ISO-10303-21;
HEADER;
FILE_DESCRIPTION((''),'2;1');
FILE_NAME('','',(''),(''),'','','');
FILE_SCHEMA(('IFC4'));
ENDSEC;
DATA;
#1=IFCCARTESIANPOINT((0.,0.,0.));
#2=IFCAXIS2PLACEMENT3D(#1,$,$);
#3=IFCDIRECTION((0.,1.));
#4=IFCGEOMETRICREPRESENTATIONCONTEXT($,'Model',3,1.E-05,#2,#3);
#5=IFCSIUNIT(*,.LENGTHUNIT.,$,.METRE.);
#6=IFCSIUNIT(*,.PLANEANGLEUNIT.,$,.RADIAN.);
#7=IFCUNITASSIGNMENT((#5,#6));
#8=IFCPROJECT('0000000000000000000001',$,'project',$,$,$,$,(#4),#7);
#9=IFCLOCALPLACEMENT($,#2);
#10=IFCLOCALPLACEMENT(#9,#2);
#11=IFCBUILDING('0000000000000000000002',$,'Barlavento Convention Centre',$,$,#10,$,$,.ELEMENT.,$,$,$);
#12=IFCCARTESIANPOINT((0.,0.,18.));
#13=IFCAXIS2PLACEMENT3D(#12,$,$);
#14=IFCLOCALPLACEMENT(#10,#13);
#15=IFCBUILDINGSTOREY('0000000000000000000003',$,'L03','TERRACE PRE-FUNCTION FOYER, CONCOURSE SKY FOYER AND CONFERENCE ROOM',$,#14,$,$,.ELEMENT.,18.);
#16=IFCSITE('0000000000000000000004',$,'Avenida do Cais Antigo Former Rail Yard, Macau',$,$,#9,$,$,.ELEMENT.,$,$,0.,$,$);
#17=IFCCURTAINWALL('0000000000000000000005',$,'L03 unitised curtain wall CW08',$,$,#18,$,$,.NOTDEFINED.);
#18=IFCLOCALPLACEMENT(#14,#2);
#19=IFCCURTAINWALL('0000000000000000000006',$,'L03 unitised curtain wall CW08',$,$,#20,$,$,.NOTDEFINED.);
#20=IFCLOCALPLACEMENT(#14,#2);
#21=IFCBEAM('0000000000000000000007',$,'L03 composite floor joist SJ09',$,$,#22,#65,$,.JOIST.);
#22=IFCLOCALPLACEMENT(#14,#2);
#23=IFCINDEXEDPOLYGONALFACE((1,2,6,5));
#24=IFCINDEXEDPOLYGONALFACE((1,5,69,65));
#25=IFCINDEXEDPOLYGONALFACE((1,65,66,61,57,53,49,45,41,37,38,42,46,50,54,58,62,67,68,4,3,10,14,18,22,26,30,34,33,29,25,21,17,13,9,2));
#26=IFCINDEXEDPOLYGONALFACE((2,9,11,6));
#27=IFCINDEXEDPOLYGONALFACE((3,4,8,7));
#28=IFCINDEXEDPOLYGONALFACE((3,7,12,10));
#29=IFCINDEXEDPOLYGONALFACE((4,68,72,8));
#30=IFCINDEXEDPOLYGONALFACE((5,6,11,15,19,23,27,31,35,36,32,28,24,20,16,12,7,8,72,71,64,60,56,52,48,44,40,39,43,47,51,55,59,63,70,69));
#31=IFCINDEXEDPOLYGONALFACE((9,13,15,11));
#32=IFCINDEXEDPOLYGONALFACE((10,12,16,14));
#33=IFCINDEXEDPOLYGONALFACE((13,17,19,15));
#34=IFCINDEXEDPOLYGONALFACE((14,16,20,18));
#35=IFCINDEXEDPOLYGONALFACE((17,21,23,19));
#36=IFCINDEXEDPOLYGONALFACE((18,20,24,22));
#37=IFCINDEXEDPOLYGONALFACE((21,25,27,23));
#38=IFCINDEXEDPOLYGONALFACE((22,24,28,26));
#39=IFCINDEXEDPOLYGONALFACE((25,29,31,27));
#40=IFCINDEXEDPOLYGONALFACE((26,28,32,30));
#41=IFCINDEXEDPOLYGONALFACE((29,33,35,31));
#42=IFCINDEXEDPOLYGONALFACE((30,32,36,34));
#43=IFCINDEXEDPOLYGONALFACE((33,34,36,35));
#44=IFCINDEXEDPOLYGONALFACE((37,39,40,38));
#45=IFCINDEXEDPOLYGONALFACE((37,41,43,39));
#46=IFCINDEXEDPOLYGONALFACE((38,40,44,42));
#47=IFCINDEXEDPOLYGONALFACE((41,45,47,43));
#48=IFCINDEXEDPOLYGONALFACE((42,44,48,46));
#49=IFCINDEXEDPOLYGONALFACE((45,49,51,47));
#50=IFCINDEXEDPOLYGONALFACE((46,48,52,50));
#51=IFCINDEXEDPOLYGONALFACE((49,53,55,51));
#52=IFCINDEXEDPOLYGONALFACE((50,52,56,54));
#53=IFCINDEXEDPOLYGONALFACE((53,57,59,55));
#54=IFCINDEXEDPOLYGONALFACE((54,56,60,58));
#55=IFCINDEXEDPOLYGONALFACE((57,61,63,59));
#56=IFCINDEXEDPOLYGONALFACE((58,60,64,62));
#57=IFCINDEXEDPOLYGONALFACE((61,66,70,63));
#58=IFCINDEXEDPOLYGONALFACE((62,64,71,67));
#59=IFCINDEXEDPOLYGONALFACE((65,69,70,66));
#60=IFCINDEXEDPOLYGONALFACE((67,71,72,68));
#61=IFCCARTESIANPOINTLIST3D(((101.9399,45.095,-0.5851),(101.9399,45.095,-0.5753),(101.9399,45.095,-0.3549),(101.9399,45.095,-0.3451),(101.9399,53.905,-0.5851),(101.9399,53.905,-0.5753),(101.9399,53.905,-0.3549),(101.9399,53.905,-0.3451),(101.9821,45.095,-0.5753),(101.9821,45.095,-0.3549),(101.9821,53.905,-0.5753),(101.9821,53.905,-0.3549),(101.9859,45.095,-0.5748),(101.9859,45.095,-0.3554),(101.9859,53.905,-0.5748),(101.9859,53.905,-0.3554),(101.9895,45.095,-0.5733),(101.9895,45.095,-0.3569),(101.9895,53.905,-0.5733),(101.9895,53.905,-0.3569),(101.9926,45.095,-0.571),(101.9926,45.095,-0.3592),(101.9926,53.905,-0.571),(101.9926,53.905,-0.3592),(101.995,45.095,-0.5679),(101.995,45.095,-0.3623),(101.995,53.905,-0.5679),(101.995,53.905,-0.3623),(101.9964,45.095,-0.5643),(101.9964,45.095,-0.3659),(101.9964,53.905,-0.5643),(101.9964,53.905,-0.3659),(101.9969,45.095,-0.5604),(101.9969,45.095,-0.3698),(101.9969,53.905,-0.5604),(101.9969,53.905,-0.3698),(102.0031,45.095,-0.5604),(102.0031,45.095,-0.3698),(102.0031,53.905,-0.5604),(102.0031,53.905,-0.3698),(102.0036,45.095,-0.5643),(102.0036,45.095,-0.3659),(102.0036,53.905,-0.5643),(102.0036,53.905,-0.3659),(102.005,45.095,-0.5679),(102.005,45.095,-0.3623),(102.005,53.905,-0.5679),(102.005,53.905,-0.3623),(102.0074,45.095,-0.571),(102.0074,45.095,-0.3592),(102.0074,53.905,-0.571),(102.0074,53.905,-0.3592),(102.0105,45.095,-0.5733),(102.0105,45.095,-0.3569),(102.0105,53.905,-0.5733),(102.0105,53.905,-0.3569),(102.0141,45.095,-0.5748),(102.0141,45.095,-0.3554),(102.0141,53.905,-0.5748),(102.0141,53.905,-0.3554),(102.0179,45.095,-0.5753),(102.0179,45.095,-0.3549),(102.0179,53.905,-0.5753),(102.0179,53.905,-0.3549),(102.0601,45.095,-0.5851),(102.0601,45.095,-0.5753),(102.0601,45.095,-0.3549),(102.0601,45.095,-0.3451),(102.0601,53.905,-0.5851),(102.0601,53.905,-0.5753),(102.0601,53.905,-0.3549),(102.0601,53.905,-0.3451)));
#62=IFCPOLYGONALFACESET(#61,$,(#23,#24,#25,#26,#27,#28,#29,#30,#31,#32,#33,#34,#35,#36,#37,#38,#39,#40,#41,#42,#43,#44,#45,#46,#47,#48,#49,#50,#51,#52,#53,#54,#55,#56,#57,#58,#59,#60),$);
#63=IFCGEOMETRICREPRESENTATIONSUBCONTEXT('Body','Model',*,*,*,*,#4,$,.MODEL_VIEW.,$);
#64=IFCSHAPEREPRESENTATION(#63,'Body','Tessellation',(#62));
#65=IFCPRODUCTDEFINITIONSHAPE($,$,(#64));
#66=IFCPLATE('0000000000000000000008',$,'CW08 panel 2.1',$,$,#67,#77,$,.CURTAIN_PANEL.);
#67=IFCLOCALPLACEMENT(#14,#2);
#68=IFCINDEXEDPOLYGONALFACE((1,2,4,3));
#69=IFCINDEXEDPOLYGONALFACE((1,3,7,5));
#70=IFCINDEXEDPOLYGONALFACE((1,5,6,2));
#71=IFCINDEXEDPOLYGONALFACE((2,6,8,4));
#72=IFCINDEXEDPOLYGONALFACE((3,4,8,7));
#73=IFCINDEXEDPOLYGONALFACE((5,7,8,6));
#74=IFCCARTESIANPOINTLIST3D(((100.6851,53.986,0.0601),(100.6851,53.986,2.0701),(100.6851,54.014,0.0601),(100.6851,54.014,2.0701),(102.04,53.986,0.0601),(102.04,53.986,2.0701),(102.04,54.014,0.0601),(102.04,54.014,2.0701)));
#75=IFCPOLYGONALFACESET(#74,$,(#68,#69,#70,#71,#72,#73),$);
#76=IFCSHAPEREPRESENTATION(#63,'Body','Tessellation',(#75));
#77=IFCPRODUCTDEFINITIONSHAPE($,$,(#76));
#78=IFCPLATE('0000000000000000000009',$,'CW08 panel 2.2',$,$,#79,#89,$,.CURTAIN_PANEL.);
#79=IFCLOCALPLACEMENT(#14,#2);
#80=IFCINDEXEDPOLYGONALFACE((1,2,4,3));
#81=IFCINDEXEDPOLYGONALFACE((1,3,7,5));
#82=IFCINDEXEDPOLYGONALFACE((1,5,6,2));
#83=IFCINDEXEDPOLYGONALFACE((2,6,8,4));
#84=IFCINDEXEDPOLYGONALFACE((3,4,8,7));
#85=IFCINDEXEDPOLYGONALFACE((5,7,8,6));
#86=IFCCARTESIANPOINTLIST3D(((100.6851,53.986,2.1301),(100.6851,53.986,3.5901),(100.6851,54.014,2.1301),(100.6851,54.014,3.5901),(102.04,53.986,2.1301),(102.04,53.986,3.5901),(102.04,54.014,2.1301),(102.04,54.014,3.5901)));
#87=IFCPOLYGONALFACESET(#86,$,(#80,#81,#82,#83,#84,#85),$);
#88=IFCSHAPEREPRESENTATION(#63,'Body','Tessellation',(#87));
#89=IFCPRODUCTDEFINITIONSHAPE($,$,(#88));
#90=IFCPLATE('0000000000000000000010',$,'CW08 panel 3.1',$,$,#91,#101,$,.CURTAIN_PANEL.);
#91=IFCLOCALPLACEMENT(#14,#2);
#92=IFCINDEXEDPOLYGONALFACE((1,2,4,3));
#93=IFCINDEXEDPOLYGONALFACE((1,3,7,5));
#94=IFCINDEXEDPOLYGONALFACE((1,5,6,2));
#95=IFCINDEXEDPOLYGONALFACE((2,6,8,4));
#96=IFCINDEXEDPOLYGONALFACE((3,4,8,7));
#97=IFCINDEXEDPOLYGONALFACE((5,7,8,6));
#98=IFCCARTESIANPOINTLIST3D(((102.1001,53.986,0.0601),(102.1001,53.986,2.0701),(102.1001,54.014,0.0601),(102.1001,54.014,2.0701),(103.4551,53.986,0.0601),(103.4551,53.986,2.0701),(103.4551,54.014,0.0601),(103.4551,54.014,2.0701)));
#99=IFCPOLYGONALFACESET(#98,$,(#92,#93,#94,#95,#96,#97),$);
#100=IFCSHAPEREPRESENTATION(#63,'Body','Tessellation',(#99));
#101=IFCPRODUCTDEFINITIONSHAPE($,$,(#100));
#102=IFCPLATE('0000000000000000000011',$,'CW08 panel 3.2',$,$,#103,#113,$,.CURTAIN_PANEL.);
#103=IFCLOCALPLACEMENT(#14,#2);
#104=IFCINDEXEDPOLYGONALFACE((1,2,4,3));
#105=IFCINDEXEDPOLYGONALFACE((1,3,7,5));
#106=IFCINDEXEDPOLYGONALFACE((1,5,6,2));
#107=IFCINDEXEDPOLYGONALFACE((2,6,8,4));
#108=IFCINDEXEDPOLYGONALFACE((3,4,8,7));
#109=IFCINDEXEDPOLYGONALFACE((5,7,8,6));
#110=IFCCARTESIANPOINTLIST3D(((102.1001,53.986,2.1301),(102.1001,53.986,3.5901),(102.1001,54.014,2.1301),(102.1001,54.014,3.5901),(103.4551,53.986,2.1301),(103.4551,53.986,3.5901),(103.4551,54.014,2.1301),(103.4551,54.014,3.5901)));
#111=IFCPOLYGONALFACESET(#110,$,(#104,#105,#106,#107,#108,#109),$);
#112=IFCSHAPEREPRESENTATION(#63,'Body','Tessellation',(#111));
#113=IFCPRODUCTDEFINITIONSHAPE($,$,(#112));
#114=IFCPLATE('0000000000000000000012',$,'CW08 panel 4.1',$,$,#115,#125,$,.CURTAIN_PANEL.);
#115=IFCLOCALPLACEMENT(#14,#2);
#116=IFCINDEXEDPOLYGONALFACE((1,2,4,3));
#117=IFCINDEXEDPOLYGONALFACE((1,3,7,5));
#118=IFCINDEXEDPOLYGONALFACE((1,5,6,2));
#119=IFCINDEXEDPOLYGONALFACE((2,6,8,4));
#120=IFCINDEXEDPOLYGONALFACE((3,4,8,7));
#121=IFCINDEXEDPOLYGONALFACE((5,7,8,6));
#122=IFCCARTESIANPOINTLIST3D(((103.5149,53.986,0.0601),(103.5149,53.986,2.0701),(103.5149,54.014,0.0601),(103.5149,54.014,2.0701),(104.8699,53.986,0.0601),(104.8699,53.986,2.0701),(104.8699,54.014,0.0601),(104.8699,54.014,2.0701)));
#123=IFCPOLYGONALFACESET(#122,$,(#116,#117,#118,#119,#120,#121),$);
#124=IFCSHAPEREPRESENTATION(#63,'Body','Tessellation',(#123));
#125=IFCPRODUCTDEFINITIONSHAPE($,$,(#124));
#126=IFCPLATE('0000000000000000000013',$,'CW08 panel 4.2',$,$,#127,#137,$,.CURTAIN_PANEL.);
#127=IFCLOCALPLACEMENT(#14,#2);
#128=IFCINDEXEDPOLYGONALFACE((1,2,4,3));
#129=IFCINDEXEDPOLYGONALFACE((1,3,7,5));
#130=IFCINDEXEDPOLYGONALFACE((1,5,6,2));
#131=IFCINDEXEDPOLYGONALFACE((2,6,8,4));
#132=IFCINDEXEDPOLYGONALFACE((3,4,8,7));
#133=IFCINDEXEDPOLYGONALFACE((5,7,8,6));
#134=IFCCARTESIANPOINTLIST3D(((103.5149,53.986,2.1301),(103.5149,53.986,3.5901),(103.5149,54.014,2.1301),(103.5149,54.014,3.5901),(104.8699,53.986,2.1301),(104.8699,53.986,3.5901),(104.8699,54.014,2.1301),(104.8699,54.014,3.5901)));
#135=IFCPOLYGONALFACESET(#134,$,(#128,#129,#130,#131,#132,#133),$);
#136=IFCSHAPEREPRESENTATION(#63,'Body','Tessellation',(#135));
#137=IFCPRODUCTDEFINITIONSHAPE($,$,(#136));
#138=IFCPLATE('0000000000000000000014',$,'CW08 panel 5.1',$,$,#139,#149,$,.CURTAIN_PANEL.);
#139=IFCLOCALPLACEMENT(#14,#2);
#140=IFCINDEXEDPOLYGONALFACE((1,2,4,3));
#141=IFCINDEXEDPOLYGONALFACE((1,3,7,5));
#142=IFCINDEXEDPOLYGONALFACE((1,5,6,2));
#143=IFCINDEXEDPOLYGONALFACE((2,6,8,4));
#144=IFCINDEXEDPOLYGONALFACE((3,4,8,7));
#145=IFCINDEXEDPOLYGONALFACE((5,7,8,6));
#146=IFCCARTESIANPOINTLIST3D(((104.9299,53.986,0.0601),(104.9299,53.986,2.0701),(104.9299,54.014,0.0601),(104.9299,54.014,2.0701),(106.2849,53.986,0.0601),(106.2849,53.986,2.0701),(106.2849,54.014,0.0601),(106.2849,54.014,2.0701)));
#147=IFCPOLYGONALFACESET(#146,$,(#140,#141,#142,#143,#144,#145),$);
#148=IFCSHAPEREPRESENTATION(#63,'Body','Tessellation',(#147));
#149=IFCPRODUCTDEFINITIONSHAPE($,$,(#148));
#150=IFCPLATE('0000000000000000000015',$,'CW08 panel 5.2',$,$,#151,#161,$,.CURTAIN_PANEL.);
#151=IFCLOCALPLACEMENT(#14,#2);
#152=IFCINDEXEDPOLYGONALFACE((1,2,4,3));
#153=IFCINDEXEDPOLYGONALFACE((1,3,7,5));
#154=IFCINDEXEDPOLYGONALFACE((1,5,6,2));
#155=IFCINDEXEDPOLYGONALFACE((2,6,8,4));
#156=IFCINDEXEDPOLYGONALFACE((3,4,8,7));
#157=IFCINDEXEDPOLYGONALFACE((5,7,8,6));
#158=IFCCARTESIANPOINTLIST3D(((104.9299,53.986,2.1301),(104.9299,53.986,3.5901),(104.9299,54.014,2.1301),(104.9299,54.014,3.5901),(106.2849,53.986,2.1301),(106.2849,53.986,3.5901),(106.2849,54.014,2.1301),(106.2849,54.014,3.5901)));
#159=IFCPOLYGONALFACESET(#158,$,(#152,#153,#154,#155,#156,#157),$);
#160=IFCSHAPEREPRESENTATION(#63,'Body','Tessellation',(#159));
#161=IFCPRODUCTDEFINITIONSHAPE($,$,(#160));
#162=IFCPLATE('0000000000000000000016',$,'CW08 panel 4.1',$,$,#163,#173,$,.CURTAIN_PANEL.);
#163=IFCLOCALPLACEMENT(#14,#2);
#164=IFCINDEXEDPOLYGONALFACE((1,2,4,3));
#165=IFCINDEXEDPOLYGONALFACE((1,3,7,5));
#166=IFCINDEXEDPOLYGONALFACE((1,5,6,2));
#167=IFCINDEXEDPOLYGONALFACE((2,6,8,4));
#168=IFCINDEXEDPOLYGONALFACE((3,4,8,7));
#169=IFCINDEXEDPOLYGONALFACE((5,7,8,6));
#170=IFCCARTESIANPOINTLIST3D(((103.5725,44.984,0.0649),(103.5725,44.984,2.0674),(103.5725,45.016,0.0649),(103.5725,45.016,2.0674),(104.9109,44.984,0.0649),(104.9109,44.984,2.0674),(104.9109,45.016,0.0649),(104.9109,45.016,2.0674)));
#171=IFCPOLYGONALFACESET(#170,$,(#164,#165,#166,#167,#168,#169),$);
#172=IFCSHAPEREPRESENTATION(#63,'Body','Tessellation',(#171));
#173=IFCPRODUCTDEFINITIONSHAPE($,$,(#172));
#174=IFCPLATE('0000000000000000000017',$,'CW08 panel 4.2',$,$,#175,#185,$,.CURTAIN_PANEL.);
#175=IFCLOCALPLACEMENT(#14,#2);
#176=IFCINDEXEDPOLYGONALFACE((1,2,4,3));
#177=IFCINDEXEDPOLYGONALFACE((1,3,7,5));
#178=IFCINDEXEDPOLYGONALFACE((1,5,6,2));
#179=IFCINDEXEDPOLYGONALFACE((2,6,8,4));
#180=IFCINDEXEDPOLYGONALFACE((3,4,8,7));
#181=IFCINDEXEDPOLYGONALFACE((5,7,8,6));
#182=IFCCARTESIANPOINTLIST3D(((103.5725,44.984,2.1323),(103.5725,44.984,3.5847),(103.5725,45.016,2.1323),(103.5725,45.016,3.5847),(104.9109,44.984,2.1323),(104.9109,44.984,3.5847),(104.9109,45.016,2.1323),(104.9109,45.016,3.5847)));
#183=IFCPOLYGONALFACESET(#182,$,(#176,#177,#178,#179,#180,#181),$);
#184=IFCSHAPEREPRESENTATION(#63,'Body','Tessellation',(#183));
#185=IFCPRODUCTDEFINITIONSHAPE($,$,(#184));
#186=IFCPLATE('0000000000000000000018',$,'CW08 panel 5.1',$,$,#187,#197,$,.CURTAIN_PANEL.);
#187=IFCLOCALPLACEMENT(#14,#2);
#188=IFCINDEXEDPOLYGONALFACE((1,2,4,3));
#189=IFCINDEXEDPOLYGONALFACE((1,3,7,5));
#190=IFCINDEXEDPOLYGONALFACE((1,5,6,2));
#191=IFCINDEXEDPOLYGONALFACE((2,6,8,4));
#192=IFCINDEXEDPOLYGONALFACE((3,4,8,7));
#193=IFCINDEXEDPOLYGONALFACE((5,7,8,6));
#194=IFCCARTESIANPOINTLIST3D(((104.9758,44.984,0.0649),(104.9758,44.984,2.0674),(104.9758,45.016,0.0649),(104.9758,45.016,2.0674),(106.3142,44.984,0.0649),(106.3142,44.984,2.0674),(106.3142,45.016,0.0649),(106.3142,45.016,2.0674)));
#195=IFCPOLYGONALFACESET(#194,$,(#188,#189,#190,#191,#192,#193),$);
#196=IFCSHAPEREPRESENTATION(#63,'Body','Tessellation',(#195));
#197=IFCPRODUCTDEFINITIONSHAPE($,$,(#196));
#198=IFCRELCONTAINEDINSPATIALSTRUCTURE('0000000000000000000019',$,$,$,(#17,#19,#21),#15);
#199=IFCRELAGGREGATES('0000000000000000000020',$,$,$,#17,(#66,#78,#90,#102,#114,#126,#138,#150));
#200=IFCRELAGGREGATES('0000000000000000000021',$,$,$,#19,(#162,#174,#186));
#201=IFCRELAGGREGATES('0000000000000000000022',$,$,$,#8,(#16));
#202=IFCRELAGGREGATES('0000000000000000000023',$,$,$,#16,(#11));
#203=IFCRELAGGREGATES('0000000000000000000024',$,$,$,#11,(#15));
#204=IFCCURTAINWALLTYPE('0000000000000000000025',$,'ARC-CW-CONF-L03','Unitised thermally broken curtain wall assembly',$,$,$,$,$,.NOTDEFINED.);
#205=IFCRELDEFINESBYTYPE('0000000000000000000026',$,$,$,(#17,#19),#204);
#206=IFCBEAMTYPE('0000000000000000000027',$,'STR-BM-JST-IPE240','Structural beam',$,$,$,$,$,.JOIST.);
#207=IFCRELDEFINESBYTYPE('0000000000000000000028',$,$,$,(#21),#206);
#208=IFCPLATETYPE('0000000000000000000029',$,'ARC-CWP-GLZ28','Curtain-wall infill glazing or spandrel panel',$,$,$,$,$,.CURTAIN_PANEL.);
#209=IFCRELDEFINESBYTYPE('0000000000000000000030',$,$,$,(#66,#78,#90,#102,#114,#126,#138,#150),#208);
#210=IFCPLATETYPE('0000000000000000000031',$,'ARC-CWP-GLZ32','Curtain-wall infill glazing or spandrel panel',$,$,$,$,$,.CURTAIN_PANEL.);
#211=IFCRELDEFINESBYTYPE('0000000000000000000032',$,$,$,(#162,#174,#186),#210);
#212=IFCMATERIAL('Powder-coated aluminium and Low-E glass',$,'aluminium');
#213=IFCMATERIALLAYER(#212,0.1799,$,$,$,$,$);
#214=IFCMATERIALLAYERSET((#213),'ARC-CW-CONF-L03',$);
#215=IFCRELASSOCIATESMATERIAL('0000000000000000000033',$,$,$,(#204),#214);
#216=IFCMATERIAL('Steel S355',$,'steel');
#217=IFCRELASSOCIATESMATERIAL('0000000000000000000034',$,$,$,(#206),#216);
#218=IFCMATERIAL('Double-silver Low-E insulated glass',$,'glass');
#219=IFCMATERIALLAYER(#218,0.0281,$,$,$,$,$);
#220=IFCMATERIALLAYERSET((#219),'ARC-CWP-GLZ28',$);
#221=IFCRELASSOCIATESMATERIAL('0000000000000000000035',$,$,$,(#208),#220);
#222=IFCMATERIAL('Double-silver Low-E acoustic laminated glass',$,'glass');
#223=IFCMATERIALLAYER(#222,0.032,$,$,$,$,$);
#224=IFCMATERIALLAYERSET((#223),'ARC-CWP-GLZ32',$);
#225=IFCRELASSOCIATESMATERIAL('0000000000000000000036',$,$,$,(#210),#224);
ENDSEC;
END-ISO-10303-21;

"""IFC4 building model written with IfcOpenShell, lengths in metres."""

from ifc_helpers import new_model, si_unit, direction, frame, origin, origin_2d, place, context, subcontext, project, spatial, rectangle, i_section, extrude, material, layer, layer_set, material_profile, profile_set, type_object, element, aggregate, save


model = new_model("IFC4")

# Units and contexts
model_context = context("Model", 3, precision=1e-05, world=origin(), true_north=direction((0.0, 1.0)))
body_context = subcontext(model_context, "Body", "Model", "MODEL_VIEW")
ifc_project = project(units=[si_unit("LENGTHUNIT", "METRE"), si_unit("PLANEANGLEUNIT", "RADIAN")], contexts=[model_context])

# Site, building, storey
site_placement = place(None, origin())
site = spatial("IfcSite", under=ifc_project, at=site_placement, Name="Avenida do Cais Antigo Former Rail Yard, Macau", CompositionType="ELEMENT", RefElevation=0.0)
building_placement = place(site_placement, origin())
building = spatial("IfcBuilding", under=site, at=building_placement, Name="Barlavento Convention Centre", CompositionType="ELEMENT")
storey_placement = place(building_placement, frame((0.0, 0.0, 18.0)))
storey = spatial("IfcBuildingStorey", under=building, at=storey_placement, Name="L03", Description="TERRACE PRE-FUNCTION FOYER, CONCOURSE SKY FOYER AND CONFERENCE ROOM", CompositionType="ELEMENT", Elevation=18.0)

# Curtain wall
ifc_material_1 = material(Name="Powder-coated aluminium and Low-E glass", Category="aluminium")
ifc_layer_1 = layer(ifc_material_1, 0.1799)
ifc_layer_set_1 = layer_set([ifc_layer_1], Name="ARC-CW-CONF-L03")
curtain_wall_type = type_object("IfcCurtainWallType", Name="ARC-CW-CONF-L03", Description="Unitised thermally broken curtain wall assembly", PredefinedType="NOTDEFINED", material=ifc_layer_set_1)
curtain_wall_1_placement = place(storey_placement, origin())
curtain_wall_1 = element("IfcCurtainWall", 1, at=curtain_wall_1_placement, inside=storey, type_object=curtain_wall_type, Name="L03 unitised curtain wall CW08", PredefinedType="NOTDEFINED")

# Curtain wall
curtain_wall_2_placement = place(storey_placement, origin())
curtain_wall_2 = element("IfcCurtainWall", 2, at=curtain_wall_2_placement, inside=storey, type_object=curtain_wall_type, Name="L03 unitised curtain wall CW08", PredefinedType="NOTDEFINED")

# Beam
ifc_material_2 = material(Name="Steel S355", Category="steel")
ifc_material_profile_1 = material_profile(ifc_material_2, i_section(OverallWidth=0.1201, OverallDepth=0.24, WebThickness=0.0061, FlangeThickness=0.0098, FilletRadius=0.0149, at=origin_2d()), Name="IPE 240")
ifc_profile_set_1 = profile_set([ifc_material_profile_1], Name="Steel S355")
beam_type_1 = type_object("IfcBeamType", Name="STR-BM-JST-IPE240", Description="Structural beam", PredefinedType="JOIST", material=ifc_profile_set_1)
beam_1_placement = place(storey_placement, frame((102.0, 45.095, -0.4651), z_axis=(0.0, 1.0, 0.0), x_axis=(-1.0, 0.0, 0.0)))
element("IfcBeam", 3, at=beam_1_placement, inside=storey, type_object=beam_type_1, Name="L03 composite floor joist SJ09", PredefinedType="JOIST", context=body_context, shape_type="SweptSolid", body=[
    extrude(i_section(OverallWidth=0.1201, OverallDepth=0.24, WebThickness=0.0061, FlangeThickness=0.0098, FilletRadius=0.0149, at=origin_2d()), origin(), (0.0, 0.0, 1.0), 8.8101),
])

# Plates
ifc_material_3 = material(Name="Double-silver Low-E insulated glass", Category="glass")
ifc_layer_2 = layer(ifc_material_3, 0.0281)
ifc_layer_set_2 = layer_set([ifc_layer_2], Name="ARC-CWP-GLZ28")
plate_type_1 = type_object("IfcPlateType", Name="ARC-CWP-GLZ28", Description="Curtain-wall infill glazing or spandrel panel", PredefinedType="CURTAIN_PANEL", material=ifc_layer_set_2)
plate_1_placement = place(storey_placement, frame((101.3625, 54.0, 0.0601), z_axis=(0.0, 0.0, 1.0), x_axis=(1.0, 0.0, 0.0)))
plate_1 = element("IfcPlate", 4, at=plate_1_placement, type_object=plate_type_1, Name="CW08 panel 2.1", PredefinedType="CURTAIN_PANEL", context=body_context, shape_type="SweptSolid", body=[
    extrude(rectangle(XDim=1.355, YDim=0.0281, at=origin_2d()), origin(), (0.0, 0.0, 1.0), 2.01),
])
plate_2_placement = place(storey_placement, frame((101.3625, 54.0, 2.1301), z_axis=(0.0, 0.0, 1.0), x_axis=(1.0, 0.0, 0.0)))
plate_2 = element("IfcPlate", 5, at=plate_2_placement, type_object=plate_type_1, Name="CW08 panel 2.2", PredefinedType="CURTAIN_PANEL", context=body_context, shape_type="SweptSolid", body=[
    extrude(rectangle(XDim=1.355, YDim=0.0281, at=origin_2d()), origin(), (0.0, 0.0, 1.0), 1.46),
])
plate_3_placement = place(storey_placement, frame((102.7776, 54.0, 0.0601), z_axis=(0.0, 0.0, 1.0), x_axis=(1.0, 0.0, 0.0)))
plate_3 = element("IfcPlate", 6, at=plate_3_placement, type_object=plate_type_1, Name="CW08 panel 3.1", PredefinedType="CURTAIN_PANEL", context=body_context, shape_type="SweptSolid", body=[
    extrude(rectangle(XDim=1.355, YDim=0.0281, at=origin_2d()), origin(), (0.0, 0.0, 1.0), 2.01),
])
plate_4_placement = place(storey_placement, frame((102.7776, 54.0, 2.1301), z_axis=(0.0, 0.0, 1.0), x_axis=(1.0, 0.0, 0.0)))
plate_4 = element("IfcPlate", 7, at=plate_4_placement, type_object=plate_type_1, Name="CW08 panel 3.2", PredefinedType="CURTAIN_PANEL", context=body_context, shape_type="SweptSolid", body=[
    extrude(rectangle(XDim=1.355, YDim=0.0281, at=origin_2d()), origin(), (0.0, 0.0, 1.0), 1.46),
])
plate_5_placement = place(storey_placement, frame((104.1924, 54.0, 0.0601), z_axis=(0.0, 0.0, 1.0), x_axis=(1.0, 0.0, 0.0)))
plate_5 = element("IfcPlate", 8, at=plate_5_placement, type_object=plate_type_1, Name="CW08 panel 4.1", PredefinedType="CURTAIN_PANEL", context=body_context, shape_type="SweptSolid", body=[
    extrude(rectangle(XDim=1.355, YDim=0.0281, at=origin_2d()), origin(), (0.0, 0.0, 1.0), 2.01),
])
plate_6_placement = place(storey_placement, frame((104.1924, 54.0, 2.1301), z_axis=(0.0, 0.0, 1.0), x_axis=(1.0, 0.0, 0.0)))
plate_6 = element("IfcPlate", 9, at=plate_6_placement, type_object=plate_type_1, Name="CW08 panel 4.2", PredefinedType="CURTAIN_PANEL", context=body_context, shape_type="SweptSolid", body=[
    extrude(rectangle(XDim=1.355, YDim=0.0281, at=origin_2d()), origin(), (0.0, 0.0, 1.0), 1.46),
])
plate_7_placement = place(storey_placement, frame((105.6074, 54.0, 0.0601), z_axis=(0.0, 0.0, 1.0), x_axis=(1.0, 0.0, 0.0)))
plate_7 = element("IfcPlate", 10, at=plate_7_placement, type_object=plate_type_1, Name="CW08 panel 5.1", PredefinedType="CURTAIN_PANEL", context=body_context, shape_type="SweptSolid", body=[
    extrude(rectangle(XDim=1.355, YDim=0.0281, at=origin_2d()), origin(), (0.0, 0.0, 1.0), 2.01),
])
plate_8_placement = place(storey_placement, frame((105.6074, 54.0, 2.1301), z_axis=(0.0, 0.0, 1.0), x_axis=(1.0, 0.0, 0.0)))
plate_8 = element("IfcPlate", 11, at=plate_8_placement, type_object=plate_type_1, Name="CW08 panel 5.2", PredefinedType="CURTAIN_PANEL", context=body_context, shape_type="SweptSolid", body=[
    extrude(rectangle(XDim=1.355, YDim=0.0281, at=origin_2d()), origin(), (0.0, 0.0, 1.0), 1.46),
])
aggregate(curtain_wall_1, [plate_1, plate_2, plate_3, plate_4, plate_5, plate_6, plate_7, plate_8])
ifc_material_4 = material(Name="Double-silver Low-E acoustic laminated glass", Category="glass")
ifc_layer_3 = layer(ifc_material_4, 0.032)
ifc_layer_set_3 = layer_set([ifc_layer_3], Name="ARC-CWP-GLZ32")
plate_type_2 = type_object("IfcPlateType", Name="ARC-CWP-GLZ32", Description="Curtain-wall infill glazing or spandrel panel", PredefinedType="CURTAIN_PANEL", material=ifc_layer_set_3)
plate_9_placement = place(storey_placement, frame((104.2417, 45.0, 0.0649), z_axis=(0.0, 0.0, 1.0), x_axis=(1.0, 0.0, 0.0)))
plate_9 = element("IfcPlate", 12, at=plate_9_placement, type_object=plate_type_2, Name="CW08 panel 4.1", PredefinedType="CURTAIN_PANEL", context=body_context, shape_type="SweptSolid", body=[
    extrude(rectangle(XDim=1.3384, YDim=0.032, at=origin_2d()), origin(), (0.0, 0.0, 1.0), 2.0024),
])
plate_10_placement = place(storey_placement, frame((104.2417, 45.0, 2.1323), z_axis=(0.0, 0.0, 1.0), x_axis=(1.0, 0.0, 0.0)))
plate_10 = element("IfcPlate", 13, at=plate_10_placement, type_object=plate_type_2, Name="CW08 panel 4.2", PredefinedType="CURTAIN_PANEL", context=body_context, shape_type="SweptSolid", body=[
    extrude(rectangle(XDim=1.3384, YDim=0.032, at=origin_2d()), origin(), (0.0, 0.0, 1.0), 1.4524),
])
plate_11_placement = place(storey_placement, frame((105.645, 45.0, 0.0649), z_axis=(0.0, 0.0, 1.0), x_axis=(1.0, 0.0, 0.0)))
plate_11 = element("IfcPlate", 14, at=plate_11_placement, type_object=plate_type_2, Name="CW08 panel 5.1", PredefinedType="CURTAIN_PANEL", context=body_context, shape_type="SweptSolid", body=[
    extrude(rectangle(XDim=1.3384, YDim=0.032, at=origin_2d()), origin(), (0.0, 0.0, 1.0), 2.0024),
])
aggregate(curtain_wall_2, [plate_9, plate_10, plate_11])

save(model, "model.ifc")
